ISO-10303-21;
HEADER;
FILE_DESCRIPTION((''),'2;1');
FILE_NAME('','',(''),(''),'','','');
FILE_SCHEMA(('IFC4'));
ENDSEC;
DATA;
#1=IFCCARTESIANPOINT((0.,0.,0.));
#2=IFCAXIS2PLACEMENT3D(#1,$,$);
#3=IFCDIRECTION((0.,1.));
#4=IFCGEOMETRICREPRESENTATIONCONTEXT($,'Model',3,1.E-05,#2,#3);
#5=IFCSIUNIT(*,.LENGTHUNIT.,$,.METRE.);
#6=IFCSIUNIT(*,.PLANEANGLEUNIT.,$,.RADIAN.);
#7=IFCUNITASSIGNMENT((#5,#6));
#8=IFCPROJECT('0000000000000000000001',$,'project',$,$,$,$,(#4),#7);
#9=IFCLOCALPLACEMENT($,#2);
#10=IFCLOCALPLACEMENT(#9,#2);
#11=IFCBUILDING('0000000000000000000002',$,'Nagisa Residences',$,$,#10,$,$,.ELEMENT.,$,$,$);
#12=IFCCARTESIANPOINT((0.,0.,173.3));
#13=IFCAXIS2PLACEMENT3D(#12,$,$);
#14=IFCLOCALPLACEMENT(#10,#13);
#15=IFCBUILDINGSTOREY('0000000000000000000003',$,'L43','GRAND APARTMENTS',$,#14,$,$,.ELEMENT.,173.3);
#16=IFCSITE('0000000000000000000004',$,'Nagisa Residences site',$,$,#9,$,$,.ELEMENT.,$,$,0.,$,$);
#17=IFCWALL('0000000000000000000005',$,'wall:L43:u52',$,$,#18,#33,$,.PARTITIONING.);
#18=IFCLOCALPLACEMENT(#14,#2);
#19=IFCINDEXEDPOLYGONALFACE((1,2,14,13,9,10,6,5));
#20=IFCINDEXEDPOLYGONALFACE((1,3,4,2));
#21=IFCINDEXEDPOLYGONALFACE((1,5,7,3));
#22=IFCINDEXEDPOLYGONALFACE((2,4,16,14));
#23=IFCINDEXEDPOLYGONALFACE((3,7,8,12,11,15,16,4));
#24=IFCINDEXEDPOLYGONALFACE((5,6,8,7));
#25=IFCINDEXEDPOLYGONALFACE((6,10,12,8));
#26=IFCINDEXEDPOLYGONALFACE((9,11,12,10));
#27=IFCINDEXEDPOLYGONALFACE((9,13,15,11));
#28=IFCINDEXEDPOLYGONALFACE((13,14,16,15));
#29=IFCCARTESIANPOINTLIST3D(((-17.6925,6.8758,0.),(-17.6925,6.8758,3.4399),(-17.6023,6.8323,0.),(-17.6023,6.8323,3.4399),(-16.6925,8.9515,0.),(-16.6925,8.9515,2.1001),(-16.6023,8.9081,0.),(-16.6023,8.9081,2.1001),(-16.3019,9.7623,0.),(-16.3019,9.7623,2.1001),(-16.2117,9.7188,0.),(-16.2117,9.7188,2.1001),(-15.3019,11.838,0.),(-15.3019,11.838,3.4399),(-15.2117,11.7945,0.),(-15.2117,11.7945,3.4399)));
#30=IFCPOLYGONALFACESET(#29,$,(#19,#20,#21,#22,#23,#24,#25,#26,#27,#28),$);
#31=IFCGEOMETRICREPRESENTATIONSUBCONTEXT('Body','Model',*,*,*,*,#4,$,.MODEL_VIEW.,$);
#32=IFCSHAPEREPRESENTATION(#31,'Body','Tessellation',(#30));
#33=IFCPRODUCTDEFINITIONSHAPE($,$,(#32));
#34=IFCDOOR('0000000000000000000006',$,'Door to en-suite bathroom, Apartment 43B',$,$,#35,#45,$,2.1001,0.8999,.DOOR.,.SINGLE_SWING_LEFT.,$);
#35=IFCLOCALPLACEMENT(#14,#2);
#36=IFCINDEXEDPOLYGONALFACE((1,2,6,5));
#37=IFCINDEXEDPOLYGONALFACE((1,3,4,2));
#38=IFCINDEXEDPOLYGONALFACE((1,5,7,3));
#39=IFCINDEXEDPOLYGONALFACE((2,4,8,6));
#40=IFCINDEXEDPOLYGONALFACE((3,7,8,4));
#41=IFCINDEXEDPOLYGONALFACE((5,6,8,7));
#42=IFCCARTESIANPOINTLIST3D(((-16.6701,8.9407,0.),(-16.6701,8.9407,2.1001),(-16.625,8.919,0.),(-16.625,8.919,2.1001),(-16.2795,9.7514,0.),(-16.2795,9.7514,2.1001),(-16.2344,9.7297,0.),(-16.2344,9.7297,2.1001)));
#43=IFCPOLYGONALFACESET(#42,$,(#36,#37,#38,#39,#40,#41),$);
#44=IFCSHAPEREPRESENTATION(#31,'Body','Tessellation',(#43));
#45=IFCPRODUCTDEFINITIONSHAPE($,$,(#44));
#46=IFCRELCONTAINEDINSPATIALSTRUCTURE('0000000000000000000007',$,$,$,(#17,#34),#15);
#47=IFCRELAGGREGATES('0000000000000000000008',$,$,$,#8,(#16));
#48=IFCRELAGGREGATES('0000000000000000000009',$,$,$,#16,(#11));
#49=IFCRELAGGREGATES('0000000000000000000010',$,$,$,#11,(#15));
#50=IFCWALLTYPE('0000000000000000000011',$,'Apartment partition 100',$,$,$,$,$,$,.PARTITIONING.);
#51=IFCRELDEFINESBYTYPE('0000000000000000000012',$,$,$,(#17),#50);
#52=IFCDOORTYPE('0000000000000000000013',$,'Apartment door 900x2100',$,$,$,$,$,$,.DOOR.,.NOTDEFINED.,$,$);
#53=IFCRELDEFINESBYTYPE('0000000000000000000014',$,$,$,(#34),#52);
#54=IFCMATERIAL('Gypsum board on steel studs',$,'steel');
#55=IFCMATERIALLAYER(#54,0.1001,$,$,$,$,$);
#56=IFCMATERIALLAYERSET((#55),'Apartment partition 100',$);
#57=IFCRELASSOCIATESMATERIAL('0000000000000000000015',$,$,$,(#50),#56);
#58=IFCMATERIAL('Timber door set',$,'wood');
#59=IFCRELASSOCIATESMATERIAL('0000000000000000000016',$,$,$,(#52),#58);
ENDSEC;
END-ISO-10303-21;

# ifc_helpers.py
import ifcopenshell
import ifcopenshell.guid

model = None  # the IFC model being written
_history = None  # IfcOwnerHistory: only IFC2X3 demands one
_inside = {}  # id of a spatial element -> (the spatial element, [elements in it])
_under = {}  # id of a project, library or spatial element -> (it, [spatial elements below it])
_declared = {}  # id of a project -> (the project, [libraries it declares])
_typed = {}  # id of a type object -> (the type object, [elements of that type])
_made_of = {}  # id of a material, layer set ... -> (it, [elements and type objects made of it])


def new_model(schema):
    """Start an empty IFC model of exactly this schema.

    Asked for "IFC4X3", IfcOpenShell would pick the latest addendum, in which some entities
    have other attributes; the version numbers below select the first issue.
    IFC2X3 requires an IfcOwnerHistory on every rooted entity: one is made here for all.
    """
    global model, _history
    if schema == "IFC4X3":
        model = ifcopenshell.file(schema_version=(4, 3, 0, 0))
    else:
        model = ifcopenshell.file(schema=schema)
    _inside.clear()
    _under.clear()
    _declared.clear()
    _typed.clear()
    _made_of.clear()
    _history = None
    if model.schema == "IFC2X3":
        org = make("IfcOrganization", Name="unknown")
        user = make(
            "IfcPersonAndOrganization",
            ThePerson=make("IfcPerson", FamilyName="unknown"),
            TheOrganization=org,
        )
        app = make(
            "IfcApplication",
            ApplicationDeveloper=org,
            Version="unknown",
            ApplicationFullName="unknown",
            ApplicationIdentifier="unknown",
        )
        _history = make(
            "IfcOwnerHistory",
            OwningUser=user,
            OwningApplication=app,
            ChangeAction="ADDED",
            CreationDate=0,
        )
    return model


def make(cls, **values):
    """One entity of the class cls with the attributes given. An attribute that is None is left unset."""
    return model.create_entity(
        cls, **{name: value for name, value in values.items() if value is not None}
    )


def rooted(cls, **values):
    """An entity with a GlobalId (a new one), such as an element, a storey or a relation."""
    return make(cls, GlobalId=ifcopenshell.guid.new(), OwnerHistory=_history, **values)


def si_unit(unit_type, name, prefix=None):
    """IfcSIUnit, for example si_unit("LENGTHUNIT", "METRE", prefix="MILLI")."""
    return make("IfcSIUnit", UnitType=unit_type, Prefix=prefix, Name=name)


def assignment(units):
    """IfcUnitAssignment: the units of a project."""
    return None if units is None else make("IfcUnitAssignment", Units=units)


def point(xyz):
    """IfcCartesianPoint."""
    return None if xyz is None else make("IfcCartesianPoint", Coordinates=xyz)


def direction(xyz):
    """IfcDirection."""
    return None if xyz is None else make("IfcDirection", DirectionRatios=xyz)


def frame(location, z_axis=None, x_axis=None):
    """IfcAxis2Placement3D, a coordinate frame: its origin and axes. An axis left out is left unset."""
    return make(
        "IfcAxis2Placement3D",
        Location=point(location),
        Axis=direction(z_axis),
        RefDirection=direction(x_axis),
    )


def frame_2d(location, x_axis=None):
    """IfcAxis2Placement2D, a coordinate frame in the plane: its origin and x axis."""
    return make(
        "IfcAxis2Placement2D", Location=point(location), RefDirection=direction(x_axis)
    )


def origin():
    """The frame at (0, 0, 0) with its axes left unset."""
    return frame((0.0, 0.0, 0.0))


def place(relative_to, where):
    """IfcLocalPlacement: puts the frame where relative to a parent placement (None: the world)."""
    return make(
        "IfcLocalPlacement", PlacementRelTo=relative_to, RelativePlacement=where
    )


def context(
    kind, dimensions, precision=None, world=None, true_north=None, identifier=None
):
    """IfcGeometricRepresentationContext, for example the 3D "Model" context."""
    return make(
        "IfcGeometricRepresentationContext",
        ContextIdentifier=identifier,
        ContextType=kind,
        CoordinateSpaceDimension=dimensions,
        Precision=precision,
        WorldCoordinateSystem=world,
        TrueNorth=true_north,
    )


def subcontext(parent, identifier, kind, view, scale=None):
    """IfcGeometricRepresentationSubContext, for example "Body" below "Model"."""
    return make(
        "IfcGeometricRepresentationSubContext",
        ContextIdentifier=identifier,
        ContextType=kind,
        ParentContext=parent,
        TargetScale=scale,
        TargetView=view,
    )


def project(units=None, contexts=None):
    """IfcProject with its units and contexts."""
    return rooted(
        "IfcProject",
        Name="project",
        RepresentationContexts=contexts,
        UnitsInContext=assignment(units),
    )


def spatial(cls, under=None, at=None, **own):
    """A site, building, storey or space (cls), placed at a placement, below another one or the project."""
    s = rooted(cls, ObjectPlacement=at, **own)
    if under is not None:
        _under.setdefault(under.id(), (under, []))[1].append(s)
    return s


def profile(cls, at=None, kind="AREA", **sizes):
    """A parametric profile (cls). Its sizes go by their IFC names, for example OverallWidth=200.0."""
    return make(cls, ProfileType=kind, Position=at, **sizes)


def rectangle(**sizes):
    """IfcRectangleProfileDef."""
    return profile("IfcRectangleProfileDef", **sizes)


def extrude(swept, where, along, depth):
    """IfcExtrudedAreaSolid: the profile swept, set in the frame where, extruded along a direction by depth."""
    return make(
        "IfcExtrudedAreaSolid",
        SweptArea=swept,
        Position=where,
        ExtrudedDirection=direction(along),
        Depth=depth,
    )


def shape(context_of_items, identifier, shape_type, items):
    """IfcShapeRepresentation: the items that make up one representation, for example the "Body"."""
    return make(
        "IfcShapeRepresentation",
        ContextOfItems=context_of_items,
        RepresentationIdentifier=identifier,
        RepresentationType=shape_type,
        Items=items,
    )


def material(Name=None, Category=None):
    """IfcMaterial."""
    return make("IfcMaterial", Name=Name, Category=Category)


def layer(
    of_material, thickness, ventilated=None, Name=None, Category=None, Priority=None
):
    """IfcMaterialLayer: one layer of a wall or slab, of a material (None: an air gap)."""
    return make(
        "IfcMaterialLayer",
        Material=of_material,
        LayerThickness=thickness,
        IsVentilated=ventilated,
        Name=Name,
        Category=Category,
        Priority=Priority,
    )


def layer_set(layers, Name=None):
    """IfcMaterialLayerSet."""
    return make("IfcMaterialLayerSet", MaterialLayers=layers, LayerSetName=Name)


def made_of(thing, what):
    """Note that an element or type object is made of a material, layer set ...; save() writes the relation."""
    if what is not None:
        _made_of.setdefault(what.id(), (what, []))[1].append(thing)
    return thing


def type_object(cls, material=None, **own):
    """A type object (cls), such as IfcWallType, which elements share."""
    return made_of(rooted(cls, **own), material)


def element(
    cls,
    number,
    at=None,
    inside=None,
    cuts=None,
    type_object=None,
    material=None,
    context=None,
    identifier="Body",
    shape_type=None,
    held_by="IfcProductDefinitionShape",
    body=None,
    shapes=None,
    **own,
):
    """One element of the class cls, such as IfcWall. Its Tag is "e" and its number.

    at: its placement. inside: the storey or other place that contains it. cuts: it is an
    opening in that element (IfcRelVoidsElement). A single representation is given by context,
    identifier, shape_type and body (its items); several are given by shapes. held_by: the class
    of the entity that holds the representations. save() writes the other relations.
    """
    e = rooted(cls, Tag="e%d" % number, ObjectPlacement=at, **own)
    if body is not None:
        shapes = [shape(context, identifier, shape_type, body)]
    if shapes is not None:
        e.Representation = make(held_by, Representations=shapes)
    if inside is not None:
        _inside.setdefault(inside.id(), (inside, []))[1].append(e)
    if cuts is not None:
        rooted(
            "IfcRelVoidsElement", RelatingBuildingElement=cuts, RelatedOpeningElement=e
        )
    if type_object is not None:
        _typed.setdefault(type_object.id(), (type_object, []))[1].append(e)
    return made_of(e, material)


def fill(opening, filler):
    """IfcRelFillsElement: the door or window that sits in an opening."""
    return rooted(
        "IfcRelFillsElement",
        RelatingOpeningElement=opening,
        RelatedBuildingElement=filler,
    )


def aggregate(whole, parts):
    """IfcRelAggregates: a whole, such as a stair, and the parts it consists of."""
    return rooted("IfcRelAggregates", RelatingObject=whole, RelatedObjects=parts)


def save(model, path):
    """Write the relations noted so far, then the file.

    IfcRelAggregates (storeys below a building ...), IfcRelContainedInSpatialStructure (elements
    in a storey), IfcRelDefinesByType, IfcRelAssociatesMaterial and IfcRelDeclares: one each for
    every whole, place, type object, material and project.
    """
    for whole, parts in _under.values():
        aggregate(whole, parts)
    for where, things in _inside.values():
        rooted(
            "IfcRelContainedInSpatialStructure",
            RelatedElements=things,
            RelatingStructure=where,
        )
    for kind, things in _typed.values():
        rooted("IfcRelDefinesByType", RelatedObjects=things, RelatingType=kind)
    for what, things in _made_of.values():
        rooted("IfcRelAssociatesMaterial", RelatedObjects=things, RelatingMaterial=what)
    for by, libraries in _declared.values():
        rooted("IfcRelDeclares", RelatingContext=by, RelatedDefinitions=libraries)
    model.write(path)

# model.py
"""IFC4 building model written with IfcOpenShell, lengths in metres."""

from ifc_helpers import new_model, si_unit, direction, frame, frame_2d, origin, place, context, subcontext, project, spatial, rectangle, extrude, material, layer, layer_set, type_object, element, fill, save


model = new_model("IFC4")

# Units and contexts
model_context = context("Model", 3, precision=1e-05, world=origin(), true_north=direction((0.0, 1.0)))
body_context = subcontext(model_context, "Body", "Model", "MODEL_VIEW")
ifc_project = project(units=[si_unit("LENGTHUNIT", "METRE"), si_unit("PLANEANGLEUNIT", "RADIAN")], contexts=[model_context])

# Site, building, storey
site_placement = place(None, origin())
site = spatial("IfcSite", under=ifc_project, at=site_placement, Name="Nagisa Residences site", CompositionType="ELEMENT", RefElevation=0.0)
building_placement = place(site_placement, origin())
building = spatial("IfcBuilding", under=site, at=building_placement, Name="Nagisa Residences", CompositionType="ELEMENT")
storey_placement = place(building_placement, frame((0.0, 0.0, 173.3)))
storey = spatial("IfcBuildingStorey", under=building, at=storey_placement, Name="L43", Description="GRAND APARTMENTS", CompositionType="ELEMENT", Elevation=173.3)

# Wall, opening, door
ifc_material_1 = material(Name="Gypsum board on steel studs", Category="steel")
ifc_layer_1 = layer(ifc_material_1, 0.1001)
ifc_layer_set_1 = layer_set([ifc_layer_1], Name="Apartment partition 100")
wall_type_1 = type_object("IfcWallType", Name="Apartment partition 100", PredefinedType="PARTITIONING", material=ifc_layer_set_1)
ifc_material_2 = material(Name="Timber door set", Category="wood")
door_type_1 = type_object("IfcDoorType", Name="Apartment door 900x2100", OperationType="NOTDEFINED", PredefinedType="DOOR", material=ifc_material_2)
wall_1_placement = place(storey_placement, frame((-15.2568, 11.8162, 0.0), z_axis=(0.0, 0.0, 1.0), x_axis=(-0.434028, -0.9009, 0.0)))
wall_1 = element("IfcWall", 1, at=wall_1_placement, inside=storey, type_object=wall_type_1, Name="wall:L43:u52", PredefinedType="PARTITIONING", context=body_context, shape_type="SweptSolid", body=[
    extrude(rectangle(XDim=5.5081, YDim=0.1001, at=frame_2d((2.7539, 0.0))), origin(), (0.0, 0.0, 1.0), 3.4399),
])
opening_1_placement = place(wall_1_placement, frame((2.304, 0.0, 0.0)))
opening_1 = element("IfcOpeningElement", 2, at=opening_1_placement, cuts=wall_1, PredefinedType="OPENING", context=body_context, shape_type="SweptSolid", body=[
    extrude(rectangle(XDim=0.8999, YDim=2.1001, at=frame_2d((0.45, 1.05))), frame((0.0, 0.0601, 0.0), z_axis=(0.0, -1.0, 0.0), x_axis=(1.0, 0.0, 0.0)), (0.0, 0.0, 1.0), 0.1201),
])
door_1_placement = place(opening_1_placement, origin())
door_1 = element("IfcDoor", 3, at=door_1_placement, inside=storey, type_object=door_type_1, Name="Door to en-suite bathroom, Apartment 43B", OperationType="SINGLE_SWING_LEFT", OverallHeight=2.1001, OverallWidth=0.8999, PredefinedType="DOOR", context=body_context, shape_type="SweptSolid", body=[
    extrude(rectangle(XDim=0.8999, YDim=2.1001, at=frame_2d((0.45, 1.05))), frame((0.0, 0.0249, 0.0), z_axis=(0.0, -1.0, 0.0), x_axis=(1.0, 0.0, 0.0)), (0.0, 0.0, 1.0), 0.05),
])
fill(opening_1, door_1)

save(model, "model.ifc")
